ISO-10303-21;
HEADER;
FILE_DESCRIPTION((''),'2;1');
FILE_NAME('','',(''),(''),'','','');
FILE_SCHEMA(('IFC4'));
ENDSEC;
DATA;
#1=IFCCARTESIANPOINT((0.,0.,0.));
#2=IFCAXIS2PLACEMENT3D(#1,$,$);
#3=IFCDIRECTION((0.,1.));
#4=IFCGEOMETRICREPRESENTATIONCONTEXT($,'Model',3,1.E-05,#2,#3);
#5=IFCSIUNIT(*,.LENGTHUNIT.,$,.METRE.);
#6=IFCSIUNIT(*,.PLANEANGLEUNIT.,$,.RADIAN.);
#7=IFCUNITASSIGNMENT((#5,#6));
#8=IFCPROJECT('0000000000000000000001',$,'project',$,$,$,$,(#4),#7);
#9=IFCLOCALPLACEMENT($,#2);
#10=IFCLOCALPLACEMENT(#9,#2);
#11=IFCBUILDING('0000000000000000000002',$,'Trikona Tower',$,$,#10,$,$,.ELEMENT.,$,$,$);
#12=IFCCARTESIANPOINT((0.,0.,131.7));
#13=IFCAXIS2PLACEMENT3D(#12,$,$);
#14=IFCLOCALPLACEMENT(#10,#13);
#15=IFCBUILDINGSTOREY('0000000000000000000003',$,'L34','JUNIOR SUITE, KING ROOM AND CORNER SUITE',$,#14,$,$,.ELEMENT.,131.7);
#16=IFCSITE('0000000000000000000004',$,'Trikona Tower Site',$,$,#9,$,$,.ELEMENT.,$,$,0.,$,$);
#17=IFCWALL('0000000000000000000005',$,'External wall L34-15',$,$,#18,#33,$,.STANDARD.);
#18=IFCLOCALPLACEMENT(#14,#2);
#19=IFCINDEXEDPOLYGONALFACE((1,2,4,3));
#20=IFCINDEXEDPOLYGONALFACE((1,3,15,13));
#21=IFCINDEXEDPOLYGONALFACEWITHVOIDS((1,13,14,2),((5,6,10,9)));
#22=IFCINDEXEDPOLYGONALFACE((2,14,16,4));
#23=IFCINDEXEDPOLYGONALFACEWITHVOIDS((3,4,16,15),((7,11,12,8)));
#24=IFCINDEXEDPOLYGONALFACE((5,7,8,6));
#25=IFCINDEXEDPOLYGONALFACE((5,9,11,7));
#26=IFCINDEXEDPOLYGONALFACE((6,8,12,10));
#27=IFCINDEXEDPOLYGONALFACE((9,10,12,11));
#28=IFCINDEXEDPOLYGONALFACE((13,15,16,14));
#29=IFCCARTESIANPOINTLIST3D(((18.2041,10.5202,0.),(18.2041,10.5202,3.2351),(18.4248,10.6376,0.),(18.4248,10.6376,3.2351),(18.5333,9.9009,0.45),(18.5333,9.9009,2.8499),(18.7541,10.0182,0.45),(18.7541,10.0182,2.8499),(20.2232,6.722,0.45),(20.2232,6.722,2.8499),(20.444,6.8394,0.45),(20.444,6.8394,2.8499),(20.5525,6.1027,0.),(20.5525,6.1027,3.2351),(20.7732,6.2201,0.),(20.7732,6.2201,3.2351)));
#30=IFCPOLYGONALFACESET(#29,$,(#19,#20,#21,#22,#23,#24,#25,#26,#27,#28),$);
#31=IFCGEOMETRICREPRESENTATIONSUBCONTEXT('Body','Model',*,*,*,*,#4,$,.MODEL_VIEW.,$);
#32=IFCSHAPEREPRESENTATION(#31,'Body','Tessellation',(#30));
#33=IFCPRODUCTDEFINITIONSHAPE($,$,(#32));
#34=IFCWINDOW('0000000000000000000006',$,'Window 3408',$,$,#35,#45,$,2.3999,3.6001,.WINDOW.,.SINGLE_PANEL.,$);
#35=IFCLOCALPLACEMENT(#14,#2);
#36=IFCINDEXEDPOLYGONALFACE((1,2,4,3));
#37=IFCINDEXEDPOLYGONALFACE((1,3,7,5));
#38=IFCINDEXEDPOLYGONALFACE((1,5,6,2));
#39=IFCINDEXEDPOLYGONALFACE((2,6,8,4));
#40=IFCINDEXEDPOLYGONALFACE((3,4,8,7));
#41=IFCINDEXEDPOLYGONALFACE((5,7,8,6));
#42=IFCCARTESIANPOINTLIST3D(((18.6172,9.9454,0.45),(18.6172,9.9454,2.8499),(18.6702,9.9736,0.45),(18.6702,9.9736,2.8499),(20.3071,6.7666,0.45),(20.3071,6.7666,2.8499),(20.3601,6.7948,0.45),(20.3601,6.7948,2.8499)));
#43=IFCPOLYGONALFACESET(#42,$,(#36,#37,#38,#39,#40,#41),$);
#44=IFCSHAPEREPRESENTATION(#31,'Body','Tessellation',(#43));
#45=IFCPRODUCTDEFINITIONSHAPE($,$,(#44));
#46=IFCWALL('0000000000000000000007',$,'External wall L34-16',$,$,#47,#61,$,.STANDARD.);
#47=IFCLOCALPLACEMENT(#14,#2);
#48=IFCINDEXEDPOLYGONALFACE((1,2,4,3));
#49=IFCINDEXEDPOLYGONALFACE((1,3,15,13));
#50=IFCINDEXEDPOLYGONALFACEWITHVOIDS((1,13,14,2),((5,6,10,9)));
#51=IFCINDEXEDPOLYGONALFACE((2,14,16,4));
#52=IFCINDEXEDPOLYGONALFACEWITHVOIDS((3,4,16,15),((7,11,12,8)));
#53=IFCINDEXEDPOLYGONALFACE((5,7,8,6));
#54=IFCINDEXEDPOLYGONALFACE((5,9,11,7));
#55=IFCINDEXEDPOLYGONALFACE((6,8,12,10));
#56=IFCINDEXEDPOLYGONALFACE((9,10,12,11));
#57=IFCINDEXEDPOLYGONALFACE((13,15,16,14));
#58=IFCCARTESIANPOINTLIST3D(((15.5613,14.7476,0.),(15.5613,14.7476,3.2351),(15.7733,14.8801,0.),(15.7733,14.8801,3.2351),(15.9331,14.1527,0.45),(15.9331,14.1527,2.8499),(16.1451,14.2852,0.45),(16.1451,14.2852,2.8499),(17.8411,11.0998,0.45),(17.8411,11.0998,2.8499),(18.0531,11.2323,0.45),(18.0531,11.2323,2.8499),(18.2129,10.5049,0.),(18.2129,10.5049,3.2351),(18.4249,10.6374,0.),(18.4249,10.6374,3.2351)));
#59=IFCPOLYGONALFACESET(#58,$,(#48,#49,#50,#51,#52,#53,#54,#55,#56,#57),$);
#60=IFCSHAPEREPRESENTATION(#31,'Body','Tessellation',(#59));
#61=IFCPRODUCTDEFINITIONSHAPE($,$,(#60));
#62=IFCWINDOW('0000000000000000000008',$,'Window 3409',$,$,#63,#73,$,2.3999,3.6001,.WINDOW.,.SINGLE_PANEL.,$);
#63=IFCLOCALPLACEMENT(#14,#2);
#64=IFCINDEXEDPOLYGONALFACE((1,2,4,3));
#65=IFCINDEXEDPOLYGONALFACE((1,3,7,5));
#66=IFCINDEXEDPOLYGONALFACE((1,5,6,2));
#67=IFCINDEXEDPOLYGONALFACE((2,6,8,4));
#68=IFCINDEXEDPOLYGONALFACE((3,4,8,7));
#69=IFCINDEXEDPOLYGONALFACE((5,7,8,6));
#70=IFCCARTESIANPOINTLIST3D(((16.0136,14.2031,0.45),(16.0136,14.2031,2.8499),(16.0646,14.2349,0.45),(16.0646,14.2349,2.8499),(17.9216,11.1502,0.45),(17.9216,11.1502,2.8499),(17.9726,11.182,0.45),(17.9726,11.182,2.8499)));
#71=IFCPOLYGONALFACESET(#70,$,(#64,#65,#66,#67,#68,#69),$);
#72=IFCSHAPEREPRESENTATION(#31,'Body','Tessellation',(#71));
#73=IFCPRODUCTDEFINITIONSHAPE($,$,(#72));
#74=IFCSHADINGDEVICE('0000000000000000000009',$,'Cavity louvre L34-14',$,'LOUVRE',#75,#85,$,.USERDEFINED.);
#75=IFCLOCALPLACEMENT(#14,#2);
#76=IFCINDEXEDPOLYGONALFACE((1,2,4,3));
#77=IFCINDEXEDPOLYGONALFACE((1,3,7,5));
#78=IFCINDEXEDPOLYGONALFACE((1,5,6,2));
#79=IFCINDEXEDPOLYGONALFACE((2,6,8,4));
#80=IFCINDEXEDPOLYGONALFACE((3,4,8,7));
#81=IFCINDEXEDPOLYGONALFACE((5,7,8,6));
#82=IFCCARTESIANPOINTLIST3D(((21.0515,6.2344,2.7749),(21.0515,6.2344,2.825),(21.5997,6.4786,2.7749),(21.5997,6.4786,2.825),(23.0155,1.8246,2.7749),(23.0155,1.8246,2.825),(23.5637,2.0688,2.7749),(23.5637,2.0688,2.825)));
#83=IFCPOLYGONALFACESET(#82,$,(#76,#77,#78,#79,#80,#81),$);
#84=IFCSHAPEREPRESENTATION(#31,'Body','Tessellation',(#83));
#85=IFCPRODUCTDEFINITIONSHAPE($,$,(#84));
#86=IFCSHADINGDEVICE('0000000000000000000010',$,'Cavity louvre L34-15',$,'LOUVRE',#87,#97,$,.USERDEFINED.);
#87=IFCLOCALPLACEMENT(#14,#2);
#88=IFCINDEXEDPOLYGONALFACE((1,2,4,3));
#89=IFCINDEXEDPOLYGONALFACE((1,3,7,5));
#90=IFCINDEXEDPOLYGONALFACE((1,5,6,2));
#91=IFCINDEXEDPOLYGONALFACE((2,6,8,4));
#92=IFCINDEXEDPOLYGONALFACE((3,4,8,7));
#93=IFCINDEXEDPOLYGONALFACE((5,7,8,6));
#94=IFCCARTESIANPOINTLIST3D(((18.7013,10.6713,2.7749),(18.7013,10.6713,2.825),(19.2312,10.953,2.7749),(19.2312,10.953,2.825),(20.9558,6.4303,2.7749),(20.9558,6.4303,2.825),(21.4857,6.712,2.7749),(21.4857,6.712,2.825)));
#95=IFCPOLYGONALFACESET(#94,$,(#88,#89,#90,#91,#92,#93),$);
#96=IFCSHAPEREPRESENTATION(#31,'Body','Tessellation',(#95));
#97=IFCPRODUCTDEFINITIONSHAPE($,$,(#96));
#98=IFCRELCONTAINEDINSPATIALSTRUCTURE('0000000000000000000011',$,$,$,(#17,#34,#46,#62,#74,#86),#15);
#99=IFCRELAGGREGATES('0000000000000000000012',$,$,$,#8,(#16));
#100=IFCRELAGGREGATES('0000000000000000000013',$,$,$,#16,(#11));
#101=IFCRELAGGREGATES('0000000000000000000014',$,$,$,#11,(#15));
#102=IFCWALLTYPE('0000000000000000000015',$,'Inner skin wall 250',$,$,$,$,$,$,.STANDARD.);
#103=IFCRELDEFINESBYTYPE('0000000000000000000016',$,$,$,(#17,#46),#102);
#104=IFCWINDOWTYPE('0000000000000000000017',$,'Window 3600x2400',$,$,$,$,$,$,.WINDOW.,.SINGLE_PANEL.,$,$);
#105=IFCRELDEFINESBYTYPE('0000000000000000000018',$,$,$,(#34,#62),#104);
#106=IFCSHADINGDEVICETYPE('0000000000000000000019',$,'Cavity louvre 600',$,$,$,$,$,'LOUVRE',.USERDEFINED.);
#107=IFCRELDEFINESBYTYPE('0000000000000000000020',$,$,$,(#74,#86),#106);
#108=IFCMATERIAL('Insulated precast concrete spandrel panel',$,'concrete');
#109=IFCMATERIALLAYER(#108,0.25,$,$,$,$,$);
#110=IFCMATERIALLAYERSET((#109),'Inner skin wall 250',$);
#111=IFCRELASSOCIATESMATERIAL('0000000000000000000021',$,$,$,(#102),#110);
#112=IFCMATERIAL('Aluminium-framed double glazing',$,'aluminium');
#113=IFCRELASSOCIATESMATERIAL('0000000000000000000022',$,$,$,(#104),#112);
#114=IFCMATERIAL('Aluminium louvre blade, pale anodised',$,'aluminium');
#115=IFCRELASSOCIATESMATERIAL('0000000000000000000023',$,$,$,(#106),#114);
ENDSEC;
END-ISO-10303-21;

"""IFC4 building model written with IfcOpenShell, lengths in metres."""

from ifc_helpers import new_model, si_unit, direction, frame, frame_2d, origin, origin_2d, place, context, subcontext, project, spatial, rectangle, extrude, material, layer, layer_set, type_object, element, fill, save


model = new_model("IFC4")

# Units and contexts
model_context = context("Model", 3, precision=1e-05, world=origin(), true_north=direction((0.0, 1.0)))
body_context = subcontext(model_context, "Body", "Model", "MODEL_VIEW")
ifc_project = project(units=[si_unit("LENGTHUNIT", "METRE"), si_unit("PLANEANGLEUNIT", "RADIAN")], contexts=[model_context])

# Site, building, storey
site_placement = place(None, origin())
site = spatial("IfcSite", under=ifc_project, at=site_placement, Name="Trikona Tower Site", CompositionType="ELEMENT", RefElevation=0.0)
building_placement = place(site_placement, origin())
building = spatial("IfcBuilding", under=site, at=building_placement, Name="Trikona Tower", CompositionType="ELEMENT")
storey_placement = place(building_placement, frame((0.0, 0.0, 131.7)))
storey = spatial("IfcBuildingStorey", under=building, at=storey_placement, Name="L34", Description="JUNIOR SUITE, KING ROOM AND CORNER SUITE", CompositionType="ELEMENT", Elevation=131.7)

# Walls, openings, windows
ifc_material_1 = material(Name="Insulated precast concrete spandrel panel", Category="concrete")
ifc_layer_1 = layer(ifc_material_1, 0.25)
ifc_layer_set_1 = layer_set([ifc_layer_1], Name="Inner skin wall 250")
wall_type_1 = type_object("IfcWallType", Name="Inner skin wall 250", PredefinedType="STANDARD", material=ifc_layer_set_1)
ifc_material_2 = material(Name="Aluminium-framed double glazing", Category="aluminium")
window_type = type_object("IfcWindowType", Name="Window 3600x2400", PartitioningType="SINGLE_PANEL", PredefinedType="WINDOW", material=ifc_material_2)
wall_1_placement = place(storey_placement, frame((20.6628, 6.1614, 0.0), z_axis=(0.0, 0.0, 1.0), x_axis=(-0.469405, 0.882983, 0.0)))
wall_1 = element("IfcWall", 1, at=wall_1_placement, inside=storey, type_object=wall_type_1, Name="External wall L34-15", PredefinedType="STANDARD", context=body_context, shape_type="SweptSolid", body=[
    extrude(rectangle(XDim=5.0029, YDim=0.25, at=frame_2d((2.5015, 0.0))), origin(), (0.0, 0.0, 1.0), 3.2351),
])
opening_1_placement = place(wall_1_placement, frame((0.7014, 0.0, 0.45)))
opening_1 = element("IfcOpeningElement", 2, at=opening_1_placement, cuts=wall_1, PredefinedType="OPENING", context=body_context, shape_type="SweptSolid", body=[
    extrude(rectangle(XDim=3.6001, YDim=2.3999, at=frame_2d((1.8, 1.2))), frame((0.0, 0.135, 0.0), z_axis=(0.0, -1.0, 0.0), x_axis=(1.0, 0.0, 0.0)), (0.0, 0.0, 1.0), 0.27),
])
window_1_placement = place(opening_1_placement, origin())
window_1 = element("IfcWindow", 3, at=window_1_placement, inside=storey, type_object=window_type, Name="Window 3408", OverallHeight=2.3999, OverallWidth=3.6001, PartitioningType="SINGLE_PANEL", PredefinedType="WINDOW", context=body_context, shape_type="SweptSolid", body=[
    extrude(rectangle(XDim=3.6001, YDim=2.3999, at=frame_2d((1.8, 1.2))), frame((0.0, 0.03, 0.0), z_axis=(0.0, -1.0, 0.0), x_axis=(1.0, 0.0, 0.0)), (0.0, 0.0, 1.0), 0.0601),
])
fill(opening_1, window_1)
wall_2_placement = place(storey_placement, frame((18.3188, 10.5713, 0.0), z_axis=(0.0, 0.0, 1.0), x_axis=(-0.52999, 0.848004, 0.0)))
wall_2 = element("IfcWall", 4, at=wall_2_placement, inside=storey, type_object=wall_type_1, Name="External wall L34-16", PredefinedType="STANDARD", context=body_context, shape_type="SweptSolid", body=[
    extrude(rectangle(XDim=5.0032, YDim=0.25, at=frame_2d((2.5015, 0.0))), origin(), (0.0, 0.0, 1.0), 3.2351),
])
opening_2_placement = place(wall_2_placement, frame((0.7014, 0.0, 0.45)))
opening_2 = element("IfcOpeningElement", 5, at=opening_2_placement, cuts=wall_2, PredefinedType="OPENING", context=body_context, shape_type="SweptSolid", body=[
    extrude(rectangle(XDim=3.6001, YDim=2.3999, at=frame_2d((1.8, 1.2))), frame((0.0, 0.135, 0.0), z_axis=(0.0, -1.0, 0.0), x_axis=(1.0, 0.0, 0.0)), (0.0, 0.0, 1.0), 0.27),
])
window_2_placement = place(opening_2_placement, origin())
window_2 = element("IfcWindow", 6, at=window_2_placement, inside=storey, type_object=window_type, Name="Window 3409", OverallHeight=2.3999, OverallWidth=3.6001, PartitioningType="SINGLE_PANEL", PredefinedType="WINDOW", context=body_context, shape_type="SweptSolid", body=[
    extrude(rectangle(XDim=3.6001, YDim=2.3999, at=frame_2d((1.8, 1.2))), frame((0.0, 0.03, 0.0), z_axis=(0.0, -1.0, 0.0), x_axis=(1.0, 0.0, 0.0)), (0.0, 0.0, 1.0), 0.0601),
])
fill(opening_2, window_2)

# Shading devices
ifc_material_3 = material(Name="Aluminium louvre blade, pale anodised", Category="aluminium")
shading_device_type = type_object("IfcShadingDeviceType", Name="Cavity louvre 600", ElementType="LOUVRE", PredefinedType="USERDEFINED", material=ifc_material_3)
shading_device_1_placement = place(storey_placement, frame((22.3076, 4.1516, 2.7749), z_axis=(0.0, 0.0, 1.0), x_axis=(-0.406843, 0.913498, 0.0)))
element("IfcShadingDevice", 7, at=shading_device_1_placement, inside=storey, type_object=shading_device_type, Name="Cavity louvre L34-14", ObjectType="LOUVRE", PredefinedType="USERDEFINED", context=body_context, shape_type="SweptSolid", body=[
    extrude(rectangle(XDim=4.8274, YDim=0.6001, at=origin_2d()), origin(), (0.0, 0.0, 1.0), 0.05),
])
shading_device_2_placement = place(storey_placement, frame((20.0935, 8.6917, 2.7749), z_axis=(0.0, 0.0, 1.0), x_axis=(-0.469398, 0.882987, 0.0)))
element("IfcShadingDevice", 8, at=shading_device_2_placement, inside=storey, type_object=shading_device_type, Name="Cavity louvre L34-15", ObjectType="LOUVRE", PredefinedType="USERDEFINED", context=body_context, shape_type="SweptSolid", body=[
    extrude(rectangle(XDim=4.803, YDim=0.6001, at=origin_2d()), origin(), (0.0, 0.0, 1.0), 0.05),
])

save(model, "model.ifc")
